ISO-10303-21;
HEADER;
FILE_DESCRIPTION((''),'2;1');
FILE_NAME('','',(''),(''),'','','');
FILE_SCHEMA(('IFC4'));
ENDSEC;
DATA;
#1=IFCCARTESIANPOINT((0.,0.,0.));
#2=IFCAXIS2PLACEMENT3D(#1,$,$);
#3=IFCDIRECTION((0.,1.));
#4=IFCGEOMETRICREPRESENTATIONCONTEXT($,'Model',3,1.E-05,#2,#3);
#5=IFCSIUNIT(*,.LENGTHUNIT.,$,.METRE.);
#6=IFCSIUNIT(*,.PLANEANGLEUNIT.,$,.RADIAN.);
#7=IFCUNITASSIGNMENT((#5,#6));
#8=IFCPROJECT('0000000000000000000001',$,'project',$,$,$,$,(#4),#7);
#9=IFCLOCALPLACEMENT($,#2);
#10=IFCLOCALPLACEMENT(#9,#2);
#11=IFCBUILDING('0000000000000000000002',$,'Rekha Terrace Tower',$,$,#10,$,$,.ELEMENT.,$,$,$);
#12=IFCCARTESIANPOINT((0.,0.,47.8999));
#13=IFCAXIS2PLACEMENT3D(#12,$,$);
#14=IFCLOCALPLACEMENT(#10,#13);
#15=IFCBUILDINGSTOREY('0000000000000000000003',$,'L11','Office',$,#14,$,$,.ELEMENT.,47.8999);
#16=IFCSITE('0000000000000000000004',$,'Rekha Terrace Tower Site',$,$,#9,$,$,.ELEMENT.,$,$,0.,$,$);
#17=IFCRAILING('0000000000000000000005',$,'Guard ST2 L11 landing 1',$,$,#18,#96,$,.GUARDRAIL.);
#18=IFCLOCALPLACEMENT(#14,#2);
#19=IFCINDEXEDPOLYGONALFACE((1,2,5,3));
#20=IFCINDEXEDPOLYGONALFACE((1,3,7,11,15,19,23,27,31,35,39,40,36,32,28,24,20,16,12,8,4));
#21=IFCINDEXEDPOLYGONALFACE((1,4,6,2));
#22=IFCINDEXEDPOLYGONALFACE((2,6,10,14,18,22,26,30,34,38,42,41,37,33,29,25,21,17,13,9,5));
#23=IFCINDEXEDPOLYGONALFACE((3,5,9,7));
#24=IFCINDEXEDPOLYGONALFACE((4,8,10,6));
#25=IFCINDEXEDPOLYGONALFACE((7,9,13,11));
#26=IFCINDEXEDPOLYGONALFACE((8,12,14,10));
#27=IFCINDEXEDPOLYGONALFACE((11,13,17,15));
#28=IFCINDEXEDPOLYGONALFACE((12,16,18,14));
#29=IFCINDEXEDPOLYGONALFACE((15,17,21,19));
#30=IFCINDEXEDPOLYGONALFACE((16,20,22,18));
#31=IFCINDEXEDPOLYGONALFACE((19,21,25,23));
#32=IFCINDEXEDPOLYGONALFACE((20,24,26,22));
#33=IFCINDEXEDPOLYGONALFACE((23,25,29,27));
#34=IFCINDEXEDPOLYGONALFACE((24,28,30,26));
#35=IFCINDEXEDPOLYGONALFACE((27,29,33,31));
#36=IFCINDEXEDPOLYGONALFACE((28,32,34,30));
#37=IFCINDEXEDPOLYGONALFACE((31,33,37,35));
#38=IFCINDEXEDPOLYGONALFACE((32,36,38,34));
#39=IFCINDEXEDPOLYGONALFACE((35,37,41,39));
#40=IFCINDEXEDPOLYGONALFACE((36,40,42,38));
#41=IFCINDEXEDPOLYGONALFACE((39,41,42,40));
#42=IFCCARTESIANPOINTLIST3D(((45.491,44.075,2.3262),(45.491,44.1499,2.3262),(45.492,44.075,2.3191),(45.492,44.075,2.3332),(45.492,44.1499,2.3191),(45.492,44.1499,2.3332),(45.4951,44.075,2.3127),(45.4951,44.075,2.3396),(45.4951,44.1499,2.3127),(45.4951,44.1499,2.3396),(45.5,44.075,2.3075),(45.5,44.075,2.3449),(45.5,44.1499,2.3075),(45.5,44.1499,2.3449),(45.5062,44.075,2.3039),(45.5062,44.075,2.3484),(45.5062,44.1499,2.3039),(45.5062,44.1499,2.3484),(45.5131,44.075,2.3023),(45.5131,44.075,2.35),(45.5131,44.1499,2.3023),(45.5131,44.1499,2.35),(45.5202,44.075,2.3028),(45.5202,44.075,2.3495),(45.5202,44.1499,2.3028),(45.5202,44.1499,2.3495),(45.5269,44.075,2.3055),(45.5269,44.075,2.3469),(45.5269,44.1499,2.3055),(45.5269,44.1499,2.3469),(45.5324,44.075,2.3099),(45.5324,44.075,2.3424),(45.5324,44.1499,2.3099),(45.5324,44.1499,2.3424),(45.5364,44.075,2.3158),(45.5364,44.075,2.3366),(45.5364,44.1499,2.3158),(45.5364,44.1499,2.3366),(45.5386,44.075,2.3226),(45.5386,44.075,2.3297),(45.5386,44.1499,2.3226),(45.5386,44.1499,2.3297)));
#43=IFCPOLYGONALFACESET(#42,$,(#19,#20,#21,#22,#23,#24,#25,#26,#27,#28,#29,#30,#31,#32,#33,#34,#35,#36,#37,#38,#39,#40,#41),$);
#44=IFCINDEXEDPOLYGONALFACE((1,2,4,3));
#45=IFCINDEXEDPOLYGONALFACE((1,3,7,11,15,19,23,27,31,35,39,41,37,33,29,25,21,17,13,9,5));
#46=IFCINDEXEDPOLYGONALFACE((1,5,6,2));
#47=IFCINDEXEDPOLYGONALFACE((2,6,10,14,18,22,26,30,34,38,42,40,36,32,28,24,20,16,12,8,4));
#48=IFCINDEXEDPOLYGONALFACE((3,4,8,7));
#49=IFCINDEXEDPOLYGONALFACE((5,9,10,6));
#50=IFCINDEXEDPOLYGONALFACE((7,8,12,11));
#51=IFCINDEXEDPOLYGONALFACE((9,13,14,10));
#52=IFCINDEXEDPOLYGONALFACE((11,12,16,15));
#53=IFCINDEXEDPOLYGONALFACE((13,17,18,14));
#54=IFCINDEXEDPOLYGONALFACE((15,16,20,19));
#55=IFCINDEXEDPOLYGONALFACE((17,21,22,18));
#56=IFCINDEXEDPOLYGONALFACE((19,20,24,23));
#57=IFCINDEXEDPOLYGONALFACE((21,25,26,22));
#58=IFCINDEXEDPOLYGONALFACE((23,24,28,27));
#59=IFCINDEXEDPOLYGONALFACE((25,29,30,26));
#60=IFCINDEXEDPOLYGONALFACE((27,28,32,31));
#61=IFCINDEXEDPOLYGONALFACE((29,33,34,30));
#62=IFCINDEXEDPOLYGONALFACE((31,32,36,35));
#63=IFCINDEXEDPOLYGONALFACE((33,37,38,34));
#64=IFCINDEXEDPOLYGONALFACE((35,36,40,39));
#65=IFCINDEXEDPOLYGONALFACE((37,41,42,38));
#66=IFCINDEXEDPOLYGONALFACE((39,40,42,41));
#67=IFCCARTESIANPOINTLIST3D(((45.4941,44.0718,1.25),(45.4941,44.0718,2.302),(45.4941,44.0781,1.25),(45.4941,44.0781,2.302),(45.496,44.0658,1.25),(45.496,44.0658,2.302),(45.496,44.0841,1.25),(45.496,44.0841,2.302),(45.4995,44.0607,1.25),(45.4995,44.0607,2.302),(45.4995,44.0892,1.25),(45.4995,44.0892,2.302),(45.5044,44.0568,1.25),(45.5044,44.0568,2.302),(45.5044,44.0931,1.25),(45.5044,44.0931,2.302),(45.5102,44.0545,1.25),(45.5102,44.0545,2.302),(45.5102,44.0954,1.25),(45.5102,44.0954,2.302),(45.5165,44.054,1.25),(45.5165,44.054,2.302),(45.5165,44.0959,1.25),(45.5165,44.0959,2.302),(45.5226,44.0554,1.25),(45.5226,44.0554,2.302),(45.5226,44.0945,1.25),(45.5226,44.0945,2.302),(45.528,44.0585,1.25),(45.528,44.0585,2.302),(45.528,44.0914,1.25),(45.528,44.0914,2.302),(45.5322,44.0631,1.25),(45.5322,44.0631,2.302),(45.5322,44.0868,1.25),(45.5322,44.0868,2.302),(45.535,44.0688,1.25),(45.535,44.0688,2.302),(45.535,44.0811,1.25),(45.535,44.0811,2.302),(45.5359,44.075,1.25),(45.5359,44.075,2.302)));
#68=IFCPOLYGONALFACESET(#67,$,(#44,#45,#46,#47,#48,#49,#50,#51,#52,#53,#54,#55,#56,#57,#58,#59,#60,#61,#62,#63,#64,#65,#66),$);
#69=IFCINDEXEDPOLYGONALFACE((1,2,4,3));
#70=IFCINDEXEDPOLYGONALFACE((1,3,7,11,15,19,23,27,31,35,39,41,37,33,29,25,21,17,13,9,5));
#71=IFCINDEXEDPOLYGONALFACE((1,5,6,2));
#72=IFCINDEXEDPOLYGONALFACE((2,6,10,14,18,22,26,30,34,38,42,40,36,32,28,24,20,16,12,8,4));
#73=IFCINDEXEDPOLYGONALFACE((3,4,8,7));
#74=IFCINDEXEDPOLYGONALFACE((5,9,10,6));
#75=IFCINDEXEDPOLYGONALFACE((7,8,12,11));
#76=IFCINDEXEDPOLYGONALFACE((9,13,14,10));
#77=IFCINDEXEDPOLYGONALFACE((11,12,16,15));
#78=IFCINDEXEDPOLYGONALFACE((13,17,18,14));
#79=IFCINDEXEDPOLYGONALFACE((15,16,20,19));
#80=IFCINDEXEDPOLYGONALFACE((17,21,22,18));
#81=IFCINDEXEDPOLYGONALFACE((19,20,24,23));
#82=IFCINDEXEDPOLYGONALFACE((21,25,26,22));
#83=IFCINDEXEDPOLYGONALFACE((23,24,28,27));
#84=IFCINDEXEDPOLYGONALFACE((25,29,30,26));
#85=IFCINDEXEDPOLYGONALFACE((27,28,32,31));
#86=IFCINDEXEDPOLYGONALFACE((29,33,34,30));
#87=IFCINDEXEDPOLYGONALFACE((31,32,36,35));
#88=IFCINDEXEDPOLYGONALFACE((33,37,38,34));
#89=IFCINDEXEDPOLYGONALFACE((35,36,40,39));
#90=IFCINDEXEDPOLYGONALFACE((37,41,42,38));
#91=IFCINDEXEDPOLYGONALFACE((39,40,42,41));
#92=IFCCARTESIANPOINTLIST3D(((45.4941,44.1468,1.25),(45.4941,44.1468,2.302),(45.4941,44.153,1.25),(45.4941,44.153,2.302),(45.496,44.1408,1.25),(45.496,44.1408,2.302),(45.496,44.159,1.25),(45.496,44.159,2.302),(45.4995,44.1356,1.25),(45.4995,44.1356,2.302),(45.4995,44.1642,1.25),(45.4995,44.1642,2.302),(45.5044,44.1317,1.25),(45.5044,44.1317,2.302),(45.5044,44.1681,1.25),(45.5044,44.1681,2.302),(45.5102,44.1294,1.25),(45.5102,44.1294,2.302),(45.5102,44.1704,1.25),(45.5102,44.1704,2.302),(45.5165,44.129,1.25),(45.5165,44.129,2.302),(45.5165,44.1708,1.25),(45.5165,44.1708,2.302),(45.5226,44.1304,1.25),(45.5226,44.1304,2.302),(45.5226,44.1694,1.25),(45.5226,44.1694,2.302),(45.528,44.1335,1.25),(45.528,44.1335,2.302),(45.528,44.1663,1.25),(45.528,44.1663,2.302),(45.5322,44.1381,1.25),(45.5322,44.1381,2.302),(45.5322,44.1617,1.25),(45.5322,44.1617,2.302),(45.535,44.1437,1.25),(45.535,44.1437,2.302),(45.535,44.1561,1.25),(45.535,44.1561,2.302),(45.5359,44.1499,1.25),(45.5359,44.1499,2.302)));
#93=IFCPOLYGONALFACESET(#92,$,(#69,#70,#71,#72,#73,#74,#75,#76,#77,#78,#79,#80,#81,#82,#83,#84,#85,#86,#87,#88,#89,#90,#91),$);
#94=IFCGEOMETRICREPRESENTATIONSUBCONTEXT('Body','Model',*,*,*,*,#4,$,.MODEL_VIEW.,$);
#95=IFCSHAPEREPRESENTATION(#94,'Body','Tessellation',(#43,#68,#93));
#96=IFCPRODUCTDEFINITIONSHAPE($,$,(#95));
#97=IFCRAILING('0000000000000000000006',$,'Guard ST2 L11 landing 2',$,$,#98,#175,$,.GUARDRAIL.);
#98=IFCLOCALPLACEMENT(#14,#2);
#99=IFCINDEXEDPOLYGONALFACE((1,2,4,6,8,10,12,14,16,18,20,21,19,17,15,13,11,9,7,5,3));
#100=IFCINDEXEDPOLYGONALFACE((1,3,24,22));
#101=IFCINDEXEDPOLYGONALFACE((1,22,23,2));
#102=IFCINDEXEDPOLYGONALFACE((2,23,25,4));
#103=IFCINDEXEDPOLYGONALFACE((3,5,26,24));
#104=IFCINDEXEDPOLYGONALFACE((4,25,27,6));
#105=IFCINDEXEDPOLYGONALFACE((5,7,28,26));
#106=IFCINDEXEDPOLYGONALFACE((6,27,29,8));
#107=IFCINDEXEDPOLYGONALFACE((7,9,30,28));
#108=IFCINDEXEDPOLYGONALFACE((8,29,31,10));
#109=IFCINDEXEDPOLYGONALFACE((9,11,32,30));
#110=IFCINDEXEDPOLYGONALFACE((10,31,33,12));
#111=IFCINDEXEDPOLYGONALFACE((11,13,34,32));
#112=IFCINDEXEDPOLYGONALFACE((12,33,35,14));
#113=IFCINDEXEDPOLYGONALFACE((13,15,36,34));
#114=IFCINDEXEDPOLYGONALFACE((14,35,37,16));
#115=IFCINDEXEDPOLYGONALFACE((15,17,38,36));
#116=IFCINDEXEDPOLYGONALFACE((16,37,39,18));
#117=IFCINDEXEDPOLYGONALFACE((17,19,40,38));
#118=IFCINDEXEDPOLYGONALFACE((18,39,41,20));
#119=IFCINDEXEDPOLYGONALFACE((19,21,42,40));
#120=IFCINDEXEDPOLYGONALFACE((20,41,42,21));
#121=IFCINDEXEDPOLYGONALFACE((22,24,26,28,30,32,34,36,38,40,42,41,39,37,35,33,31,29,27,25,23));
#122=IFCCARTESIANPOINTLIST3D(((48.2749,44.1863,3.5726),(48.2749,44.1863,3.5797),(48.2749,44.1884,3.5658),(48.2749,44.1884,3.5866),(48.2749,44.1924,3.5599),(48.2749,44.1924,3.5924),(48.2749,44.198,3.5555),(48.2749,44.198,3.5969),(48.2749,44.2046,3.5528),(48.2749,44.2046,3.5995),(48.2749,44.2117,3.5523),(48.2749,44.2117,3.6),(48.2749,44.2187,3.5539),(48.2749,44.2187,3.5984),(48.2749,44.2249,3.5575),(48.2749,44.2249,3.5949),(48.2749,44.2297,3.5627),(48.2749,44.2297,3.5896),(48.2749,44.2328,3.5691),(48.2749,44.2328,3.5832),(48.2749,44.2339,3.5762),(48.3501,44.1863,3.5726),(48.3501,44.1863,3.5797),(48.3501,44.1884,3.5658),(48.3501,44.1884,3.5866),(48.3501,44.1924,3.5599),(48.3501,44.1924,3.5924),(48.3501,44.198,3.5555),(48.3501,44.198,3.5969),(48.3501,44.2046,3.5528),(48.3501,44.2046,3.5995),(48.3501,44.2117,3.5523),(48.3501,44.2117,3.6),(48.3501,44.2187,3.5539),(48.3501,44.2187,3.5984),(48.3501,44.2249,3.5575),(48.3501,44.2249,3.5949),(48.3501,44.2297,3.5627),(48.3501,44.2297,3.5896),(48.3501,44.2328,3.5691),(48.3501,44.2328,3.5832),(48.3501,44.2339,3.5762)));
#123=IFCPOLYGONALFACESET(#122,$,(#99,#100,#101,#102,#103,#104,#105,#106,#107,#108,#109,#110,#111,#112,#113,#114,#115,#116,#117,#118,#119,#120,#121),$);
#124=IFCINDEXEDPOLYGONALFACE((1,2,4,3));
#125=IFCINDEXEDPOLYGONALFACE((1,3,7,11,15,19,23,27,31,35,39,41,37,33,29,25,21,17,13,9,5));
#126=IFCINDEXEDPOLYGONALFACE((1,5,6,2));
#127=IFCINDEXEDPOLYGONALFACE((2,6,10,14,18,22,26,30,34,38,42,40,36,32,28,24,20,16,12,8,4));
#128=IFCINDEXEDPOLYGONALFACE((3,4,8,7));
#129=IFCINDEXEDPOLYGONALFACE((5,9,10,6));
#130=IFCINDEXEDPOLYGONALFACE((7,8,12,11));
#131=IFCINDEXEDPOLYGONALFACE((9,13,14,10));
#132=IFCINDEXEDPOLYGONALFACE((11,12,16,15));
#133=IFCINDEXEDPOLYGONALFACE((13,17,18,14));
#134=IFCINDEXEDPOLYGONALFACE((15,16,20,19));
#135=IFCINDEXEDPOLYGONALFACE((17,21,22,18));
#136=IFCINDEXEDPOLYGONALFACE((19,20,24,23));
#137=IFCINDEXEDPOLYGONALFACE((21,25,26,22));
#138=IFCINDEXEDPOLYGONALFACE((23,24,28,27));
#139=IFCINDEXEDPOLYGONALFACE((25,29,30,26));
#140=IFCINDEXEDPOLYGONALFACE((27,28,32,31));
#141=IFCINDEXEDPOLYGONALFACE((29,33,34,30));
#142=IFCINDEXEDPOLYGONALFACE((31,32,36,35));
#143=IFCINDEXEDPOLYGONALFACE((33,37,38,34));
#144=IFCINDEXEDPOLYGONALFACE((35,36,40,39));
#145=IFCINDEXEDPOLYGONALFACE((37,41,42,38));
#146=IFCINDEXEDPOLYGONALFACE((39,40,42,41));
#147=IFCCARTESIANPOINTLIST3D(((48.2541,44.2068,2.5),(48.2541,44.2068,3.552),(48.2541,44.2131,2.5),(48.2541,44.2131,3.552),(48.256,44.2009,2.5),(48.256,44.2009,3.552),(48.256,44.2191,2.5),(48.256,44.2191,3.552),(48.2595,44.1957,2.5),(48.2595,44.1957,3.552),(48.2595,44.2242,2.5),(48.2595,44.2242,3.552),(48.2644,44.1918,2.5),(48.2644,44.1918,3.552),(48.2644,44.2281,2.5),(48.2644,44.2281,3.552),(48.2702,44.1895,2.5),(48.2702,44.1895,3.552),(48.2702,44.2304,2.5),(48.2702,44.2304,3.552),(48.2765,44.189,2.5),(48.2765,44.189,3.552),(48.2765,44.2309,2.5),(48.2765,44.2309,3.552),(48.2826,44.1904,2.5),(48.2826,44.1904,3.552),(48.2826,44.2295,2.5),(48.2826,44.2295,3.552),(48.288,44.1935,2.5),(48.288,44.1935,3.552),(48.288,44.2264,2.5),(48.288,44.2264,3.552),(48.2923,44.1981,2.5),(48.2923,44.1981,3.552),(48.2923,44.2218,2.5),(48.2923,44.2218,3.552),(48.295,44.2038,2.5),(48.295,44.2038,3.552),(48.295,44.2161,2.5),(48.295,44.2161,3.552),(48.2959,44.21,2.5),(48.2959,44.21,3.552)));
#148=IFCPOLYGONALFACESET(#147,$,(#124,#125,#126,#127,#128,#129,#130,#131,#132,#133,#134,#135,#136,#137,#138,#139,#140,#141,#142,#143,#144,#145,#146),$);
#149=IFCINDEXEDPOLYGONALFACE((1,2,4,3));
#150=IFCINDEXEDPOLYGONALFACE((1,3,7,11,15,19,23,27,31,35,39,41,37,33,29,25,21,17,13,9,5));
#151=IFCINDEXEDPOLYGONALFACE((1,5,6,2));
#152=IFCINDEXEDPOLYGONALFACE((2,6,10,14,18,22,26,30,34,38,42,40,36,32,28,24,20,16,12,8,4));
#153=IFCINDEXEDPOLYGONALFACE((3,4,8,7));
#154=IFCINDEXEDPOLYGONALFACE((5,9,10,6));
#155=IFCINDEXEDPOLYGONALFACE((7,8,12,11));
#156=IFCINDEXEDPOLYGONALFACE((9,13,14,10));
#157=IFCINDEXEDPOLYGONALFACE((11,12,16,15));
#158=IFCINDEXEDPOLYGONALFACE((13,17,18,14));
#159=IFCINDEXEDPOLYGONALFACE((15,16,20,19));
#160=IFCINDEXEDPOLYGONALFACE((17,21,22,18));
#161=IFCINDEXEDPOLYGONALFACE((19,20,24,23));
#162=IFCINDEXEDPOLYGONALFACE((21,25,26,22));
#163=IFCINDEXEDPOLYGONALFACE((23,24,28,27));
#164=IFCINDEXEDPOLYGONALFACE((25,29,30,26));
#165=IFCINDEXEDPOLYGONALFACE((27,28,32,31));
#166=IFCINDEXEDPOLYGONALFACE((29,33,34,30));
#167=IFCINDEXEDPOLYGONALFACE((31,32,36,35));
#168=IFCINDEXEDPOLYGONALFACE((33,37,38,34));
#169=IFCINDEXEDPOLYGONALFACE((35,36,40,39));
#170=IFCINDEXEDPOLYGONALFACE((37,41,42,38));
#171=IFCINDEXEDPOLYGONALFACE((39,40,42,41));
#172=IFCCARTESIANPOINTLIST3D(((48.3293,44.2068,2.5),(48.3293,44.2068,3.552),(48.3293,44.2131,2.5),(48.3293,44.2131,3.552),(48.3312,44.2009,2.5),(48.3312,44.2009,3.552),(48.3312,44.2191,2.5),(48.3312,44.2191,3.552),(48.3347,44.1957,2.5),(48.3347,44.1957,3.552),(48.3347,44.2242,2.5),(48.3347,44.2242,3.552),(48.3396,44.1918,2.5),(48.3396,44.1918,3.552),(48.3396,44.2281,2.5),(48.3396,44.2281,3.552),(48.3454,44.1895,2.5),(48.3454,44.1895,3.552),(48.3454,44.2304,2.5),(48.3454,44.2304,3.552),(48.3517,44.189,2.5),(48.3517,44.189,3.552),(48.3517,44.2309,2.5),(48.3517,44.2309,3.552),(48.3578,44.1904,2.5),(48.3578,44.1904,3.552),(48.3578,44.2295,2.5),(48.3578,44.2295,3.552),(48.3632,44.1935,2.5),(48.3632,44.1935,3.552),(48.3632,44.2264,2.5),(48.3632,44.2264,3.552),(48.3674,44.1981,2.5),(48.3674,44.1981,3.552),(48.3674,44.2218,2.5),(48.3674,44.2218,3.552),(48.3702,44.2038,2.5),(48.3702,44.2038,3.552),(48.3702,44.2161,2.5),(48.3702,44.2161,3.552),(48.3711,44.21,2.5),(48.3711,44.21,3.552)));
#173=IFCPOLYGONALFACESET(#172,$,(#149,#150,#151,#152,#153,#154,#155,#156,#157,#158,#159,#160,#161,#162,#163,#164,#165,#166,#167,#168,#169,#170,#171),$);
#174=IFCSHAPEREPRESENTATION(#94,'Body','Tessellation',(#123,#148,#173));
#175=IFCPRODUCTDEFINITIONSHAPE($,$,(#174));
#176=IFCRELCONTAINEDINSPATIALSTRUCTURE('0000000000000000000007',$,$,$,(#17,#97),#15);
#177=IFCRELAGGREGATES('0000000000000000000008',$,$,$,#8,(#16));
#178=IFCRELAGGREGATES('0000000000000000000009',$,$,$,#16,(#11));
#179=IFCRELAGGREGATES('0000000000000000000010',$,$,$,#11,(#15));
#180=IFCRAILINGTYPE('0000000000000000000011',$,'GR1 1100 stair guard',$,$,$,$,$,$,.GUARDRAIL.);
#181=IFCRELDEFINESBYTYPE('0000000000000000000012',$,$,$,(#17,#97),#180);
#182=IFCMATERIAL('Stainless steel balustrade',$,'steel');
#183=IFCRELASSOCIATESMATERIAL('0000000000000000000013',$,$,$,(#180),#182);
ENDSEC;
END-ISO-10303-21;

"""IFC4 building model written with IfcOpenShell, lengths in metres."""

from ifc_helpers import new_model, si_unit, direction, frame, origin, origin_2d, place, context, subcontext, project, spatial, circle, extrude, material, type_object, element, save


model = new_model("IFC4")

# Units and contexts
model_context = context("Model", 3, precision=1e-05, world=origin(), true_north=direction((0.0, 1.0)))
body_context = subcontext(model_context, "Body", "Model", "MODEL_VIEW")
ifc_project = project(units=[si_unit("LENGTHUNIT", "METRE"), si_unit("PLANEANGLEUNIT", "RADIAN")], contexts=[model_context])

# Site, building, storey
site_placement = place(None, origin())
site = spatial("IfcSite", under=ifc_project, at=site_placement, Name="Rekha Terrace Tower Site", CompositionType="ELEMENT", RefElevation=0.0)
building_placement = place(site_placement, origin())
building = spatial("IfcBuilding", under=site, at=building_placement, Name="Rekha Terrace Tower", CompositionType="ELEMENT")
storey_placement = place(building_placement, frame((0.0, 0.0, 47.8999)))
storey = spatial("IfcBuildingStorey", under=building, at=storey_placement, Name="L11", Description="Office", CompositionType="ELEMENT", Elevation=47.8999)

# Railings
ifc_material_1 = material(Name="Stainless steel balustrade", Category="steel")
railing_type_1 = type_object("IfcRailingType", Name="GR1 1100 stair guard", PredefinedType="GUARDRAIL", material=ifc_material_1)
railing_1_placement = place(storey_placement, frame((45.5149, 44.075, 1.25)))
element("IfcRailing", 1, at=railing_1_placement, inside=storey, type_object=railing_type_1, Name="Guard ST2 L11 landing 1", PredefinedType="GUARDRAIL", context=body_context, shape_type="SweptSolid", body=[
    extrude(circle(Radius=0.0239, at=origin_2d()), frame((0.0, 0.0, 1.0762), z_axis=(0.0, 1.0, 0.0), x_axis=(-1.0, 0.0, 0.0)), (0.0, 0.0, 1.0), 0.075),
    extrude(circle(Radius=0.021, at=origin_2d()), origin(), (0.0, 0.0, 1.0), 1.052),
    extrude(circle(Radius=0.021, at=origin_2d()), frame((0.0, 0.075, 0.0)), (0.0, 0.0, 1.0), 1.052),
])
railing_2_placement = place(storey_placement, frame((48.2749, 44.21, 2.5)))
element("IfcRailing", 2, at=railing_2_placement, inside=storey, type_object=railing_type_1, Name="Guard ST2 L11 landing 2", PredefinedType="GUARDRAIL", context=body_context, shape_type="SweptSolid", body=[
    extrude(circle(Radius=0.0239, at=origin_2d()), frame((0.0, 0.0, 1.0762), z_axis=(1.0, 0.0, 0.0), x_axis=(0.0, 1.0, 0.0)), (0.0, 0.0, 1.0), 0.0752),
    extrude(circle(Radius=0.021, at=origin_2d()), origin(), (0.0, 0.0, 1.0), 1.052),
    extrude(circle(Radius=0.021, at=origin_2d()), frame((0.0752, 0.0, 0.0)), (0.0, 0.0, 1.0), 1.052),
])

save(model, "model.ifc")
